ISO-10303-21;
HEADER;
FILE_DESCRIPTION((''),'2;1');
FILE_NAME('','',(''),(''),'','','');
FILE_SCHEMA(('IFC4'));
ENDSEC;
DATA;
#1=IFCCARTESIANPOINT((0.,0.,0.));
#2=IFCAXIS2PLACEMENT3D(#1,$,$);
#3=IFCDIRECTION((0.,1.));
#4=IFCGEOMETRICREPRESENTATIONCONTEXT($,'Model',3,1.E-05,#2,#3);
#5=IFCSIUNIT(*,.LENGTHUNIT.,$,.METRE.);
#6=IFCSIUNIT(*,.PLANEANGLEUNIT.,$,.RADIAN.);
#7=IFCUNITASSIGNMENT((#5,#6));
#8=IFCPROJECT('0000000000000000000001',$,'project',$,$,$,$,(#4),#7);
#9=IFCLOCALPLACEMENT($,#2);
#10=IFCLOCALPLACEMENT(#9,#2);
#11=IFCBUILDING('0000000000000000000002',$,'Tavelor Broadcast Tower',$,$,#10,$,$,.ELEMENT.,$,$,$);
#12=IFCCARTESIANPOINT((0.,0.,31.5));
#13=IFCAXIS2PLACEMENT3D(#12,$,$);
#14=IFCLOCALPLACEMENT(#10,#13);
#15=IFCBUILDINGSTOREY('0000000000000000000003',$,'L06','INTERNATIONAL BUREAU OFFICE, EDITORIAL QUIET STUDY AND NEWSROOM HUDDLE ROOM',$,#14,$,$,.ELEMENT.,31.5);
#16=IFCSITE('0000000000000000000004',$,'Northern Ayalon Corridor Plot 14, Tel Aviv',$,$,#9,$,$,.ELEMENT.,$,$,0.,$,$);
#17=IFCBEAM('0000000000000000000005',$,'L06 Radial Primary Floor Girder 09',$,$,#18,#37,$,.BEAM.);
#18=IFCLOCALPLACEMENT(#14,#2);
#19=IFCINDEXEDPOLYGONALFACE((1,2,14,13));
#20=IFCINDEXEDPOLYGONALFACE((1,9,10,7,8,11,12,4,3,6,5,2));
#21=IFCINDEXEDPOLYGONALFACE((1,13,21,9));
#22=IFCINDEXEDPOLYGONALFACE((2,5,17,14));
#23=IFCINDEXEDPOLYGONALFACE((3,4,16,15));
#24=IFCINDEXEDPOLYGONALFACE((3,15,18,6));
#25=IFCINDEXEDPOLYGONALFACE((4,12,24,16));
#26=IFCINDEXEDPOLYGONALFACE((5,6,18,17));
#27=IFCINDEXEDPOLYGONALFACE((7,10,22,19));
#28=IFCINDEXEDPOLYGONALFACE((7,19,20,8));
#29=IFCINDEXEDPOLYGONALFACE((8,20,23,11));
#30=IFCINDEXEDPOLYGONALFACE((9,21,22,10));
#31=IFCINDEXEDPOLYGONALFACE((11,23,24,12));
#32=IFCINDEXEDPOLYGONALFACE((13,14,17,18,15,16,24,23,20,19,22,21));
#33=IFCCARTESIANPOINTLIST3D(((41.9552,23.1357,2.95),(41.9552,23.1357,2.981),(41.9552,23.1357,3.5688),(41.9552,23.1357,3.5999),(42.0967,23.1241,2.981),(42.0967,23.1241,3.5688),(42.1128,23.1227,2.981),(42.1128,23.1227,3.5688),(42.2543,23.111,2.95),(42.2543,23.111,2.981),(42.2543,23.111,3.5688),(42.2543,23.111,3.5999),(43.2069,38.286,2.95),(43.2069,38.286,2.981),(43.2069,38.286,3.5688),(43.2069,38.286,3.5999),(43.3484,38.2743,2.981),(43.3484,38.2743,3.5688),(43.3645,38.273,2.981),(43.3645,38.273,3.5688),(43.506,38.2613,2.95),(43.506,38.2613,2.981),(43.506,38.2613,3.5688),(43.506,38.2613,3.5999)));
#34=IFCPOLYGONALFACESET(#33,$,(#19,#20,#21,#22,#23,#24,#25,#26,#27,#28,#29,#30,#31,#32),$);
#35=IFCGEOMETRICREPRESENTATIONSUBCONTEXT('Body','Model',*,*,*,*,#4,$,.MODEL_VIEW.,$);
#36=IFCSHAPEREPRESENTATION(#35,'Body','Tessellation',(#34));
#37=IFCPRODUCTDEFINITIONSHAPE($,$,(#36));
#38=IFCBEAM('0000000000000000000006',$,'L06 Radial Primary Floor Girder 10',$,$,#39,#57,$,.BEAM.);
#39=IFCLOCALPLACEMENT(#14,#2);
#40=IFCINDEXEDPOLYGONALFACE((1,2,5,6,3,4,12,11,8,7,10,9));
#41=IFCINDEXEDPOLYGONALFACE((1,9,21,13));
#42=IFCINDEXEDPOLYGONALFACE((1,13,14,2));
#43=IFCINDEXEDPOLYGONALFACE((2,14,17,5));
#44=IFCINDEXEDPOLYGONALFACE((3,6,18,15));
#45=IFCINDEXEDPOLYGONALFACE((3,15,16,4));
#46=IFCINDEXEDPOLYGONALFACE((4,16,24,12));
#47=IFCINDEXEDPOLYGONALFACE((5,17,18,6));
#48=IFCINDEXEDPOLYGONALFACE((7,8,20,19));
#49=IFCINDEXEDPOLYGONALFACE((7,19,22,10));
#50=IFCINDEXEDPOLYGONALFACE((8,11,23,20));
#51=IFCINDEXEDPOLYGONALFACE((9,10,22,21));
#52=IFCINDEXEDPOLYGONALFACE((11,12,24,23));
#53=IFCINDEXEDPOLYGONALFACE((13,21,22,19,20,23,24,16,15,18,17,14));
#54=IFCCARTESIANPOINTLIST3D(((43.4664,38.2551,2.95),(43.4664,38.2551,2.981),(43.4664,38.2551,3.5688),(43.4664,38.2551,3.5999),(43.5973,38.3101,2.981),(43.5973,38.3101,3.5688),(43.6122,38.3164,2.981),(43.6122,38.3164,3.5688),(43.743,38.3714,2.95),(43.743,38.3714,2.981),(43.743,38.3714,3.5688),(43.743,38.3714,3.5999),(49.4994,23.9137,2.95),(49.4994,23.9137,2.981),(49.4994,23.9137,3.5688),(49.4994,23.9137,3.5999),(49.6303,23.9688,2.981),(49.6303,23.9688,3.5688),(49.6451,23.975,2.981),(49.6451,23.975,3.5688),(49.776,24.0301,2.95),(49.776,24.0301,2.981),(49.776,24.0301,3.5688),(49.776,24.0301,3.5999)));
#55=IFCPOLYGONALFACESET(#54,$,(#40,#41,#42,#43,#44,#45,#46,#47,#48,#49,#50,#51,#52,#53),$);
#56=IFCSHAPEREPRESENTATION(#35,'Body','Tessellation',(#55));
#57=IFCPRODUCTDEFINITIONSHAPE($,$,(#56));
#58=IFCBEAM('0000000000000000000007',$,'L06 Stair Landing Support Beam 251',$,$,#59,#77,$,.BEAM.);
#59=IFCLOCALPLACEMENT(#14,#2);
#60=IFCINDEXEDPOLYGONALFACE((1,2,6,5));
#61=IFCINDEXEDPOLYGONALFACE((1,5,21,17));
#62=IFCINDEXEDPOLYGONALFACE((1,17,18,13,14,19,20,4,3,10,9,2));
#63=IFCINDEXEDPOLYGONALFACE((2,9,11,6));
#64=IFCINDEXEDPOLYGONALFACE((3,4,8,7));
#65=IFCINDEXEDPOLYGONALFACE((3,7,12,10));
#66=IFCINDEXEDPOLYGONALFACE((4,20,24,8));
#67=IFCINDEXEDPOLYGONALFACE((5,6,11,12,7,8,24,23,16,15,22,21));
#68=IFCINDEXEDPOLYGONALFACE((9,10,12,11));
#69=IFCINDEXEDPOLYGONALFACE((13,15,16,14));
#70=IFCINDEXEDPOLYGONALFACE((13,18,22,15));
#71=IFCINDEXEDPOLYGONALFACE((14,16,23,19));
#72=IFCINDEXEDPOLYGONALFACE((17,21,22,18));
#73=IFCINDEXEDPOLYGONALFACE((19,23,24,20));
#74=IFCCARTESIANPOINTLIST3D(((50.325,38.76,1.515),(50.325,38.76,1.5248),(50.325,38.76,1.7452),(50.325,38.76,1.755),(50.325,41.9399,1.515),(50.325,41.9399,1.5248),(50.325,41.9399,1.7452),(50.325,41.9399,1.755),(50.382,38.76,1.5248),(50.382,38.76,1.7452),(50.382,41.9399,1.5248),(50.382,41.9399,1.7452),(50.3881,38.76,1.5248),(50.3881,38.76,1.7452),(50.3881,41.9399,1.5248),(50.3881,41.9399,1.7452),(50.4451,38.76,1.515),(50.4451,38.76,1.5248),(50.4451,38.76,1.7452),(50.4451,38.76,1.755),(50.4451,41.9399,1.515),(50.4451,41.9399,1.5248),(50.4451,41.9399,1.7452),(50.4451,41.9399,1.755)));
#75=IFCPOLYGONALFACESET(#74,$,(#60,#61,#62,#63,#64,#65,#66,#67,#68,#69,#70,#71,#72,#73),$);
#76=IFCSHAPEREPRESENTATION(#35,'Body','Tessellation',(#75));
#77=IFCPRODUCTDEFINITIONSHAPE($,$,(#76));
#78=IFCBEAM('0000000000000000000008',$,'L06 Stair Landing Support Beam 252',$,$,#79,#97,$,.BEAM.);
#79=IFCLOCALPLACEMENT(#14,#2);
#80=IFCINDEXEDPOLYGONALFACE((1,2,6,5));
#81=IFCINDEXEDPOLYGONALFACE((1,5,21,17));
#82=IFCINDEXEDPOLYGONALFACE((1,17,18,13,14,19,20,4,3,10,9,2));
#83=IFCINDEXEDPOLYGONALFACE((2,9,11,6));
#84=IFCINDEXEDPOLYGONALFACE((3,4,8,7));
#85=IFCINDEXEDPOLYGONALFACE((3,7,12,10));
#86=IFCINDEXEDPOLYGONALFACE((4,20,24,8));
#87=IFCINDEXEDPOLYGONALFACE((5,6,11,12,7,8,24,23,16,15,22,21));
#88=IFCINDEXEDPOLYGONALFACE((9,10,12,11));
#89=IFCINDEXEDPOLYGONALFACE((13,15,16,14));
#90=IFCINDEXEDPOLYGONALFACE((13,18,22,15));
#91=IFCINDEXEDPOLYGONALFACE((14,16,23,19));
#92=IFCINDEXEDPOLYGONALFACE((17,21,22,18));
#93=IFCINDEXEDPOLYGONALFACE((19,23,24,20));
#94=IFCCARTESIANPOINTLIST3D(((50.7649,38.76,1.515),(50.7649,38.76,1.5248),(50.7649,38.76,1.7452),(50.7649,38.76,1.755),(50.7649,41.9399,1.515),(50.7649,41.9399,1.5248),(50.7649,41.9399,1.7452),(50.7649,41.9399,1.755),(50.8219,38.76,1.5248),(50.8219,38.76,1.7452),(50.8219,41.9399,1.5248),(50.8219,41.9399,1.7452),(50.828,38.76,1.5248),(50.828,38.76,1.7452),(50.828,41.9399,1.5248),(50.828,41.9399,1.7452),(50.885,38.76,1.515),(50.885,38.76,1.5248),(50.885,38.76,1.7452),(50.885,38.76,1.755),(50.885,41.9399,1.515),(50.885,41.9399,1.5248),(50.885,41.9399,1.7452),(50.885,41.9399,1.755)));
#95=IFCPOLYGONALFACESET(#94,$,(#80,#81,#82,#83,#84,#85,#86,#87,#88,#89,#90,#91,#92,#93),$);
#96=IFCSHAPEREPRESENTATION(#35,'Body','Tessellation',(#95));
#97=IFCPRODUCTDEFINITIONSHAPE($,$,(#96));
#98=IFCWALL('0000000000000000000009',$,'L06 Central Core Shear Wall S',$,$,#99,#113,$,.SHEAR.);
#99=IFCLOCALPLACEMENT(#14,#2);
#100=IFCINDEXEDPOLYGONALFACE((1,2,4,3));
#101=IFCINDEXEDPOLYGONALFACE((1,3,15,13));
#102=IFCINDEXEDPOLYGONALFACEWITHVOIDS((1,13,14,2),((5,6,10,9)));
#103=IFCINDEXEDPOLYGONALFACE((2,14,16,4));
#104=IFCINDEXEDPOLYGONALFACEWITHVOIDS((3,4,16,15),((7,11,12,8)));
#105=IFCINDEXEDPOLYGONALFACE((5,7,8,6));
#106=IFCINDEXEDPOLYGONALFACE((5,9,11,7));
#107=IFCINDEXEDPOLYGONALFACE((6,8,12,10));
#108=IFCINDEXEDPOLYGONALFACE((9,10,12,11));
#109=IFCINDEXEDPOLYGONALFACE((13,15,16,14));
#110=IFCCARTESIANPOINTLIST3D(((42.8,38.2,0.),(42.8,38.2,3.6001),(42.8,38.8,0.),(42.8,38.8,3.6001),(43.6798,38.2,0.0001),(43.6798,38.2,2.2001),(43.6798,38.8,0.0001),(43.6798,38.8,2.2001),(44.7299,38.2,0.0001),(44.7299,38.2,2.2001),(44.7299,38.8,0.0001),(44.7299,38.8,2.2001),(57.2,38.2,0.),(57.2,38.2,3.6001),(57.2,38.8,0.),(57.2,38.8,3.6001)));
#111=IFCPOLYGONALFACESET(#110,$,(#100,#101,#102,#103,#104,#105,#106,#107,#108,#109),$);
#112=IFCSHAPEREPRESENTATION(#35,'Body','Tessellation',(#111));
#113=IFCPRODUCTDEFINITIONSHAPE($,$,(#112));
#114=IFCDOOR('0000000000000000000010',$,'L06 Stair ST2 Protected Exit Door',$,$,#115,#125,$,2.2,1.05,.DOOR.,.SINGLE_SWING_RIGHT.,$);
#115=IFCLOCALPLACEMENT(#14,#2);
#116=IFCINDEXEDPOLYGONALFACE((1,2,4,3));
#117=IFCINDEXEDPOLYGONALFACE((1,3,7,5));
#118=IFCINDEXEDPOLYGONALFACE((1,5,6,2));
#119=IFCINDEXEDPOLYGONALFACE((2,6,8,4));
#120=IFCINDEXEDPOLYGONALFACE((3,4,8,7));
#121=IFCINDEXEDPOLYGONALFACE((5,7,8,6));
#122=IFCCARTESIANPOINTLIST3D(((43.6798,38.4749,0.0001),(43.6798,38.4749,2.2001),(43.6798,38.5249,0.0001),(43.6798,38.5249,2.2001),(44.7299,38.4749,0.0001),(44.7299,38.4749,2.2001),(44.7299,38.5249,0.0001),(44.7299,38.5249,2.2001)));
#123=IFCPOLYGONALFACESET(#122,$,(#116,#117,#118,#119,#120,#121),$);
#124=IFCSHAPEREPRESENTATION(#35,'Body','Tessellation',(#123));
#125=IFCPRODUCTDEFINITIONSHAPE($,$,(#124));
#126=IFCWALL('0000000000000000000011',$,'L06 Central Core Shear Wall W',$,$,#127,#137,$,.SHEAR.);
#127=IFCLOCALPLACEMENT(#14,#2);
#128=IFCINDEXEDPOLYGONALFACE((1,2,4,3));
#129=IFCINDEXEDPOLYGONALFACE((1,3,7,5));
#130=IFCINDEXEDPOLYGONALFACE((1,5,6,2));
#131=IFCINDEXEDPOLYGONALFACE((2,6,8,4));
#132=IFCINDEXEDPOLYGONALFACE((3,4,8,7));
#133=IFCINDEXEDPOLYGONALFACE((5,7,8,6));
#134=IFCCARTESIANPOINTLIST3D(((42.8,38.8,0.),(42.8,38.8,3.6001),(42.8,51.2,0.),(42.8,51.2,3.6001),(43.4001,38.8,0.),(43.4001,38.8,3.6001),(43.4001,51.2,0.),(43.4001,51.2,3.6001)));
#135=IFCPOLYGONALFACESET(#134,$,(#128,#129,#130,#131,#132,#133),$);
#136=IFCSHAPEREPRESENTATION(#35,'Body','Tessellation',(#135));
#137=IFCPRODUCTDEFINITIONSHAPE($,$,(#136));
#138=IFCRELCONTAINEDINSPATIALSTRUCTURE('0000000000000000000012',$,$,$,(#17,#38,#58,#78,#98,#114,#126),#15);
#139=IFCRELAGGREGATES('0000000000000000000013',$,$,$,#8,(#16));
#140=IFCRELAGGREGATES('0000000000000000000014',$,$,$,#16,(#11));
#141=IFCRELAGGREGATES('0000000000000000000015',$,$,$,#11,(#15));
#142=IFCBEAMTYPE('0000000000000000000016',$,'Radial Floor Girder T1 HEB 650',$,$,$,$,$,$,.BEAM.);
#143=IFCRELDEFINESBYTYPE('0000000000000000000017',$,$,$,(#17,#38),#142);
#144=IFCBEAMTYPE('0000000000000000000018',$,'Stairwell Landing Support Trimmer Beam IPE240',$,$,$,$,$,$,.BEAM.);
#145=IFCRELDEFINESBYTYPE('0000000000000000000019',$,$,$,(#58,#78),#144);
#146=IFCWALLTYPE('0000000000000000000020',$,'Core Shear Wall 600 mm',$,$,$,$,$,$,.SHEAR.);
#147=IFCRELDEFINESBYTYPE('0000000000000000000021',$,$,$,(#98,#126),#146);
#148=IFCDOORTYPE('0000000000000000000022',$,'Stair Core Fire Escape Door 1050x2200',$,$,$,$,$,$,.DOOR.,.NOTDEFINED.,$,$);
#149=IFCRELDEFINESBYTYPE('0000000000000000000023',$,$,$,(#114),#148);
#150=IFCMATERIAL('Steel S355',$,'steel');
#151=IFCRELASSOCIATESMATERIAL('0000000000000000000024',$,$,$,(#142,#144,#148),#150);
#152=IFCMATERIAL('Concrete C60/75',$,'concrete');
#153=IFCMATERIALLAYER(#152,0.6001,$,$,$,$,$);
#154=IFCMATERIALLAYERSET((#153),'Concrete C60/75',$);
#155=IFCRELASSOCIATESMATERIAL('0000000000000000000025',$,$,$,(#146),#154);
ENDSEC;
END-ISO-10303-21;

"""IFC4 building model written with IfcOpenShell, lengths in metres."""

from ifc_helpers import new_model, si_unit, direction, frame, frame_2d, origin, origin_2d, place, context, subcontext, project, spatial, rectangle, i_section, extrude, material, layer, layer_set, material_profile, profile_set, type_object, element, fill, save


model = new_model("IFC4")

# Units and contexts
model_context = context("Model", 3, precision=1e-05, world=origin(), true_north=direction((0.0, 1.0)))
body_context = subcontext(model_context, "Body", "Model", "MODEL_VIEW")
ifc_project = project(units=[si_unit("LENGTHUNIT", "METRE"), si_unit("PLANEANGLEUNIT", "RADIAN")], contexts=[model_context])

# Site, building, storey
site_placement = place(None, origin())
site = spatial("IfcSite", under=ifc_project, at=site_placement, Name="Northern Ayalon Corridor Plot 14, Tel Aviv", CompositionType="ELEMENT", RefElevation=0.0)
building_placement = place(site_placement, origin())
building = spatial("IfcBuilding", under=site, at=building_placement, Name="Tavelor Broadcast Tower", CompositionType="ELEMENT")
storey_placement = place(building_placement, frame((0.0, 0.0, 31.5)))
storey = spatial("IfcBuildingStorey", under=building, at=storey_placement, Name="L06", Description="INTERNATIONAL BUREAU OFFICE, EDITORIAL QUIET STUDY AND NEWSROOM HUDDLE ROOM", CompositionType="ELEMENT", Elevation=31.5)

# Beams
ifc_material_1 = material(Name="Steel S355", Category="steel")
ifc_material_profile_1 = material_profile(ifc_material_1, i_section(OverallWidth=0.3, OverallDepth=0.6499, WebThickness=0.0161, FlangeThickness=0.031, at=origin_2d()), Name="HEB 650")
ifc_profile_set_1 = profile_set([ifc_material_profile_1], Name="Steel S355")
beam_type_1 = type_object("IfcBeamType", Name="Radial Floor Girder T1 HEB 650", PredefinedType="BEAM", material=ifc_profile_set_1)
beam_1_placement = place(storey_placement, frame((43.3564, 38.2737, 3.2749), z_axis=(-0.082338, -0.996604, 0.0), x_axis=(0.996604, -0.082338, 0.0)))
element("IfcBeam", 1, at=beam_1_placement, inside=storey, type_object=beam_type_1, Name="L06 Radial Primary Floor Girder 09", PredefinedType="BEAM", context=body_context, shape_type="SweptSolid", body=[
    extrude(i_section(OverallWidth=0.3, OverallDepth=0.6499, WebThickness=0.0161, FlangeThickness=0.031, at=origin_2d()), origin(), (0.0, 0.0, 1.0), 15.2019),
])
beam_2_placement = place(storey_placement, frame((43.6047, 38.3132, 3.2749), z_axis=(0.387757, -0.921761, 0.0), x_axis=(0.921761, 0.387757, 0.0)))
element("IfcBeam", 2, at=beam_2_placement, inside=storey, type_object=beam_type_1, Name="L06 Radial Primary Floor Girder 10", PredefinedType="BEAM", context=body_context, shape_type="SweptSolid", body=[
    extrude(i_section(OverallWidth=0.3, OverallDepth=0.6499, WebThickness=0.0161, FlangeThickness=0.031, at=origin_2d()), origin(), (0.0, 0.0, 1.0), 15.5586),
])
ifc_material_profile_2 = material_profile(ifc_material_1, i_section(OverallWidth=0.1201, OverallDepth=0.24, WebThickness=0.0061, FlangeThickness=0.0098, at=origin_2d()), Name="IPE 240")
ifc_profile_set_2 = profile_set([ifc_material_profile_2], Name="Steel S355")
beam_type_2 = type_object("IfcBeamType", Name="Stairwell Landing Support Trimmer Beam IPE240", PredefinedType="BEAM", material=ifc_profile_set_2)
for number, where, z_axis, x_axis, name in (
    (3, (50.385, 38.76, 1.635), (0.0, 1.0, 0.0), (-1.0, 0.0, 0.0), "L06 Stair Landing Support Beam 251"),
    (4, (50.825, 38.76, 1.635), (0.0, 1.0, 0.0), (-1.0, 0.0, 0.0), "L06 Stair Landing Support Beam 252"),
):
    element("IfcBeam", number, at=place(storey_placement, frame(where, z_axis=z_axis, x_axis=x_axis)), inside=storey, type_object=beam_type_2, Name=name, PredefinedType="BEAM", context=body_context, shape_type="SweptSolid", body=[
        extrude(i_section(OverallWidth=0.1201, OverallDepth=0.24, WebThickness=0.0061, FlangeThickness=0.0098, at=origin_2d()), origin(), (0.0, 0.0, 1.0), 3.1799),
    ])

# Wall, opening, door
ifc_material_2 = material(Name="Concrete C60/75", Category="concrete")
ifc_layer_1 = layer(ifc_material_2, 0.6001)
ifc_layer_set_1 = layer_set([ifc_layer_1], Name="Concrete C60/75")
wall_type_1 = type_object("IfcWallType", Name="Core Shear Wall 600 mm", PredefinedType="SHEAR", material=ifc_layer_set_1)
wall_1_placement = place(storey_placement, frame((42.8, 38.5, 0.0), z_axis=(0.0, 0.0, 1.0), x_axis=(1.0, 0.0, 0.0)))
wall_1 = element("IfcWall", 5, at=wall_1_placement, inside=storey, type_object=wall_type_1, Name="L06 Central Core Shear Wall S", PredefinedType="SHEAR", context=body_context, shape_type="SweptSolid", body=[
    extrude(rectangle(XDim=14.3999, YDim=0.6001, at=frame_2d((7.2, 0.0))), origin(), (0.0, 0.0, 1.0), 3.6001),
])
opening_1_placement = place(wall_1_placement, frame((0.8799, 0.0, 0.0)))
opening_1 = element("IfcOpeningElement", 6, at=opening_1_placement, cuts=wall_1, PredefinedType="OPENING", context=body_context, shape_type="SweptSolid", body=[
    extrude(rectangle(XDim=1.05, YDim=2.2, at=frame_2d((0.5249, 1.1001))), frame((0.0, 0.3101, 0.0), z_axis=(0.0, -1.0, 0.0), x_axis=(1.0, 0.0, 0.0)), (0.0, 0.0, 1.0), 0.6201),
])
door_type_1 = type_object("IfcDoorType", Name="Stair Core Fire Escape Door 1050x2200", OperationType="NOTDEFINED", PredefinedType="DOOR", material=ifc_material_1)
door_1_placement = place(opening_1_placement, origin())
door_1 = element("IfcDoor", 7, at=door_1_placement, inside=storey, type_object=door_type_1, Name="L06 Stair ST2 Protected Exit Door", OperationType="SINGLE_SWING_RIGHT", OverallHeight=2.2, OverallWidth=1.05, PredefinedType="DOOR", context=body_context, shape_type="SweptSolid", body=[
    extrude(rectangle(XDim=1.05, YDim=2.2, at=frame_2d((0.5249, 1.1001))), frame((0.0, 0.0249, 0.0), z_axis=(0.0, -1.0, 0.0), x_axis=(1.0, 0.0, 0.0)), (0.0, 0.0, 1.0), 0.05),
])
fill(opening_1, door_1)

# Wall
wall_2_placement = place(storey_placement, frame((43.1001, 38.8, 0.0), z_axis=(0.0, 0.0, 1.0), x_axis=(0.0, 1.0, 0.0)))
element("IfcWall", 8, at=wall_2_placement, inside=storey, type_object=wall_type_1, Name="L06 Central Core Shear Wall W", PredefinedType="SHEAR", context=body_context, shape_type="SweptSolid", body=[
    extrude(rectangle(XDim=12.3999, YDim=0.6001, at=frame_2d((6.2, 0.0))), origin(), (0.0, 0.0, 1.0), 3.6001),
])

save(model, "model.ifc")
